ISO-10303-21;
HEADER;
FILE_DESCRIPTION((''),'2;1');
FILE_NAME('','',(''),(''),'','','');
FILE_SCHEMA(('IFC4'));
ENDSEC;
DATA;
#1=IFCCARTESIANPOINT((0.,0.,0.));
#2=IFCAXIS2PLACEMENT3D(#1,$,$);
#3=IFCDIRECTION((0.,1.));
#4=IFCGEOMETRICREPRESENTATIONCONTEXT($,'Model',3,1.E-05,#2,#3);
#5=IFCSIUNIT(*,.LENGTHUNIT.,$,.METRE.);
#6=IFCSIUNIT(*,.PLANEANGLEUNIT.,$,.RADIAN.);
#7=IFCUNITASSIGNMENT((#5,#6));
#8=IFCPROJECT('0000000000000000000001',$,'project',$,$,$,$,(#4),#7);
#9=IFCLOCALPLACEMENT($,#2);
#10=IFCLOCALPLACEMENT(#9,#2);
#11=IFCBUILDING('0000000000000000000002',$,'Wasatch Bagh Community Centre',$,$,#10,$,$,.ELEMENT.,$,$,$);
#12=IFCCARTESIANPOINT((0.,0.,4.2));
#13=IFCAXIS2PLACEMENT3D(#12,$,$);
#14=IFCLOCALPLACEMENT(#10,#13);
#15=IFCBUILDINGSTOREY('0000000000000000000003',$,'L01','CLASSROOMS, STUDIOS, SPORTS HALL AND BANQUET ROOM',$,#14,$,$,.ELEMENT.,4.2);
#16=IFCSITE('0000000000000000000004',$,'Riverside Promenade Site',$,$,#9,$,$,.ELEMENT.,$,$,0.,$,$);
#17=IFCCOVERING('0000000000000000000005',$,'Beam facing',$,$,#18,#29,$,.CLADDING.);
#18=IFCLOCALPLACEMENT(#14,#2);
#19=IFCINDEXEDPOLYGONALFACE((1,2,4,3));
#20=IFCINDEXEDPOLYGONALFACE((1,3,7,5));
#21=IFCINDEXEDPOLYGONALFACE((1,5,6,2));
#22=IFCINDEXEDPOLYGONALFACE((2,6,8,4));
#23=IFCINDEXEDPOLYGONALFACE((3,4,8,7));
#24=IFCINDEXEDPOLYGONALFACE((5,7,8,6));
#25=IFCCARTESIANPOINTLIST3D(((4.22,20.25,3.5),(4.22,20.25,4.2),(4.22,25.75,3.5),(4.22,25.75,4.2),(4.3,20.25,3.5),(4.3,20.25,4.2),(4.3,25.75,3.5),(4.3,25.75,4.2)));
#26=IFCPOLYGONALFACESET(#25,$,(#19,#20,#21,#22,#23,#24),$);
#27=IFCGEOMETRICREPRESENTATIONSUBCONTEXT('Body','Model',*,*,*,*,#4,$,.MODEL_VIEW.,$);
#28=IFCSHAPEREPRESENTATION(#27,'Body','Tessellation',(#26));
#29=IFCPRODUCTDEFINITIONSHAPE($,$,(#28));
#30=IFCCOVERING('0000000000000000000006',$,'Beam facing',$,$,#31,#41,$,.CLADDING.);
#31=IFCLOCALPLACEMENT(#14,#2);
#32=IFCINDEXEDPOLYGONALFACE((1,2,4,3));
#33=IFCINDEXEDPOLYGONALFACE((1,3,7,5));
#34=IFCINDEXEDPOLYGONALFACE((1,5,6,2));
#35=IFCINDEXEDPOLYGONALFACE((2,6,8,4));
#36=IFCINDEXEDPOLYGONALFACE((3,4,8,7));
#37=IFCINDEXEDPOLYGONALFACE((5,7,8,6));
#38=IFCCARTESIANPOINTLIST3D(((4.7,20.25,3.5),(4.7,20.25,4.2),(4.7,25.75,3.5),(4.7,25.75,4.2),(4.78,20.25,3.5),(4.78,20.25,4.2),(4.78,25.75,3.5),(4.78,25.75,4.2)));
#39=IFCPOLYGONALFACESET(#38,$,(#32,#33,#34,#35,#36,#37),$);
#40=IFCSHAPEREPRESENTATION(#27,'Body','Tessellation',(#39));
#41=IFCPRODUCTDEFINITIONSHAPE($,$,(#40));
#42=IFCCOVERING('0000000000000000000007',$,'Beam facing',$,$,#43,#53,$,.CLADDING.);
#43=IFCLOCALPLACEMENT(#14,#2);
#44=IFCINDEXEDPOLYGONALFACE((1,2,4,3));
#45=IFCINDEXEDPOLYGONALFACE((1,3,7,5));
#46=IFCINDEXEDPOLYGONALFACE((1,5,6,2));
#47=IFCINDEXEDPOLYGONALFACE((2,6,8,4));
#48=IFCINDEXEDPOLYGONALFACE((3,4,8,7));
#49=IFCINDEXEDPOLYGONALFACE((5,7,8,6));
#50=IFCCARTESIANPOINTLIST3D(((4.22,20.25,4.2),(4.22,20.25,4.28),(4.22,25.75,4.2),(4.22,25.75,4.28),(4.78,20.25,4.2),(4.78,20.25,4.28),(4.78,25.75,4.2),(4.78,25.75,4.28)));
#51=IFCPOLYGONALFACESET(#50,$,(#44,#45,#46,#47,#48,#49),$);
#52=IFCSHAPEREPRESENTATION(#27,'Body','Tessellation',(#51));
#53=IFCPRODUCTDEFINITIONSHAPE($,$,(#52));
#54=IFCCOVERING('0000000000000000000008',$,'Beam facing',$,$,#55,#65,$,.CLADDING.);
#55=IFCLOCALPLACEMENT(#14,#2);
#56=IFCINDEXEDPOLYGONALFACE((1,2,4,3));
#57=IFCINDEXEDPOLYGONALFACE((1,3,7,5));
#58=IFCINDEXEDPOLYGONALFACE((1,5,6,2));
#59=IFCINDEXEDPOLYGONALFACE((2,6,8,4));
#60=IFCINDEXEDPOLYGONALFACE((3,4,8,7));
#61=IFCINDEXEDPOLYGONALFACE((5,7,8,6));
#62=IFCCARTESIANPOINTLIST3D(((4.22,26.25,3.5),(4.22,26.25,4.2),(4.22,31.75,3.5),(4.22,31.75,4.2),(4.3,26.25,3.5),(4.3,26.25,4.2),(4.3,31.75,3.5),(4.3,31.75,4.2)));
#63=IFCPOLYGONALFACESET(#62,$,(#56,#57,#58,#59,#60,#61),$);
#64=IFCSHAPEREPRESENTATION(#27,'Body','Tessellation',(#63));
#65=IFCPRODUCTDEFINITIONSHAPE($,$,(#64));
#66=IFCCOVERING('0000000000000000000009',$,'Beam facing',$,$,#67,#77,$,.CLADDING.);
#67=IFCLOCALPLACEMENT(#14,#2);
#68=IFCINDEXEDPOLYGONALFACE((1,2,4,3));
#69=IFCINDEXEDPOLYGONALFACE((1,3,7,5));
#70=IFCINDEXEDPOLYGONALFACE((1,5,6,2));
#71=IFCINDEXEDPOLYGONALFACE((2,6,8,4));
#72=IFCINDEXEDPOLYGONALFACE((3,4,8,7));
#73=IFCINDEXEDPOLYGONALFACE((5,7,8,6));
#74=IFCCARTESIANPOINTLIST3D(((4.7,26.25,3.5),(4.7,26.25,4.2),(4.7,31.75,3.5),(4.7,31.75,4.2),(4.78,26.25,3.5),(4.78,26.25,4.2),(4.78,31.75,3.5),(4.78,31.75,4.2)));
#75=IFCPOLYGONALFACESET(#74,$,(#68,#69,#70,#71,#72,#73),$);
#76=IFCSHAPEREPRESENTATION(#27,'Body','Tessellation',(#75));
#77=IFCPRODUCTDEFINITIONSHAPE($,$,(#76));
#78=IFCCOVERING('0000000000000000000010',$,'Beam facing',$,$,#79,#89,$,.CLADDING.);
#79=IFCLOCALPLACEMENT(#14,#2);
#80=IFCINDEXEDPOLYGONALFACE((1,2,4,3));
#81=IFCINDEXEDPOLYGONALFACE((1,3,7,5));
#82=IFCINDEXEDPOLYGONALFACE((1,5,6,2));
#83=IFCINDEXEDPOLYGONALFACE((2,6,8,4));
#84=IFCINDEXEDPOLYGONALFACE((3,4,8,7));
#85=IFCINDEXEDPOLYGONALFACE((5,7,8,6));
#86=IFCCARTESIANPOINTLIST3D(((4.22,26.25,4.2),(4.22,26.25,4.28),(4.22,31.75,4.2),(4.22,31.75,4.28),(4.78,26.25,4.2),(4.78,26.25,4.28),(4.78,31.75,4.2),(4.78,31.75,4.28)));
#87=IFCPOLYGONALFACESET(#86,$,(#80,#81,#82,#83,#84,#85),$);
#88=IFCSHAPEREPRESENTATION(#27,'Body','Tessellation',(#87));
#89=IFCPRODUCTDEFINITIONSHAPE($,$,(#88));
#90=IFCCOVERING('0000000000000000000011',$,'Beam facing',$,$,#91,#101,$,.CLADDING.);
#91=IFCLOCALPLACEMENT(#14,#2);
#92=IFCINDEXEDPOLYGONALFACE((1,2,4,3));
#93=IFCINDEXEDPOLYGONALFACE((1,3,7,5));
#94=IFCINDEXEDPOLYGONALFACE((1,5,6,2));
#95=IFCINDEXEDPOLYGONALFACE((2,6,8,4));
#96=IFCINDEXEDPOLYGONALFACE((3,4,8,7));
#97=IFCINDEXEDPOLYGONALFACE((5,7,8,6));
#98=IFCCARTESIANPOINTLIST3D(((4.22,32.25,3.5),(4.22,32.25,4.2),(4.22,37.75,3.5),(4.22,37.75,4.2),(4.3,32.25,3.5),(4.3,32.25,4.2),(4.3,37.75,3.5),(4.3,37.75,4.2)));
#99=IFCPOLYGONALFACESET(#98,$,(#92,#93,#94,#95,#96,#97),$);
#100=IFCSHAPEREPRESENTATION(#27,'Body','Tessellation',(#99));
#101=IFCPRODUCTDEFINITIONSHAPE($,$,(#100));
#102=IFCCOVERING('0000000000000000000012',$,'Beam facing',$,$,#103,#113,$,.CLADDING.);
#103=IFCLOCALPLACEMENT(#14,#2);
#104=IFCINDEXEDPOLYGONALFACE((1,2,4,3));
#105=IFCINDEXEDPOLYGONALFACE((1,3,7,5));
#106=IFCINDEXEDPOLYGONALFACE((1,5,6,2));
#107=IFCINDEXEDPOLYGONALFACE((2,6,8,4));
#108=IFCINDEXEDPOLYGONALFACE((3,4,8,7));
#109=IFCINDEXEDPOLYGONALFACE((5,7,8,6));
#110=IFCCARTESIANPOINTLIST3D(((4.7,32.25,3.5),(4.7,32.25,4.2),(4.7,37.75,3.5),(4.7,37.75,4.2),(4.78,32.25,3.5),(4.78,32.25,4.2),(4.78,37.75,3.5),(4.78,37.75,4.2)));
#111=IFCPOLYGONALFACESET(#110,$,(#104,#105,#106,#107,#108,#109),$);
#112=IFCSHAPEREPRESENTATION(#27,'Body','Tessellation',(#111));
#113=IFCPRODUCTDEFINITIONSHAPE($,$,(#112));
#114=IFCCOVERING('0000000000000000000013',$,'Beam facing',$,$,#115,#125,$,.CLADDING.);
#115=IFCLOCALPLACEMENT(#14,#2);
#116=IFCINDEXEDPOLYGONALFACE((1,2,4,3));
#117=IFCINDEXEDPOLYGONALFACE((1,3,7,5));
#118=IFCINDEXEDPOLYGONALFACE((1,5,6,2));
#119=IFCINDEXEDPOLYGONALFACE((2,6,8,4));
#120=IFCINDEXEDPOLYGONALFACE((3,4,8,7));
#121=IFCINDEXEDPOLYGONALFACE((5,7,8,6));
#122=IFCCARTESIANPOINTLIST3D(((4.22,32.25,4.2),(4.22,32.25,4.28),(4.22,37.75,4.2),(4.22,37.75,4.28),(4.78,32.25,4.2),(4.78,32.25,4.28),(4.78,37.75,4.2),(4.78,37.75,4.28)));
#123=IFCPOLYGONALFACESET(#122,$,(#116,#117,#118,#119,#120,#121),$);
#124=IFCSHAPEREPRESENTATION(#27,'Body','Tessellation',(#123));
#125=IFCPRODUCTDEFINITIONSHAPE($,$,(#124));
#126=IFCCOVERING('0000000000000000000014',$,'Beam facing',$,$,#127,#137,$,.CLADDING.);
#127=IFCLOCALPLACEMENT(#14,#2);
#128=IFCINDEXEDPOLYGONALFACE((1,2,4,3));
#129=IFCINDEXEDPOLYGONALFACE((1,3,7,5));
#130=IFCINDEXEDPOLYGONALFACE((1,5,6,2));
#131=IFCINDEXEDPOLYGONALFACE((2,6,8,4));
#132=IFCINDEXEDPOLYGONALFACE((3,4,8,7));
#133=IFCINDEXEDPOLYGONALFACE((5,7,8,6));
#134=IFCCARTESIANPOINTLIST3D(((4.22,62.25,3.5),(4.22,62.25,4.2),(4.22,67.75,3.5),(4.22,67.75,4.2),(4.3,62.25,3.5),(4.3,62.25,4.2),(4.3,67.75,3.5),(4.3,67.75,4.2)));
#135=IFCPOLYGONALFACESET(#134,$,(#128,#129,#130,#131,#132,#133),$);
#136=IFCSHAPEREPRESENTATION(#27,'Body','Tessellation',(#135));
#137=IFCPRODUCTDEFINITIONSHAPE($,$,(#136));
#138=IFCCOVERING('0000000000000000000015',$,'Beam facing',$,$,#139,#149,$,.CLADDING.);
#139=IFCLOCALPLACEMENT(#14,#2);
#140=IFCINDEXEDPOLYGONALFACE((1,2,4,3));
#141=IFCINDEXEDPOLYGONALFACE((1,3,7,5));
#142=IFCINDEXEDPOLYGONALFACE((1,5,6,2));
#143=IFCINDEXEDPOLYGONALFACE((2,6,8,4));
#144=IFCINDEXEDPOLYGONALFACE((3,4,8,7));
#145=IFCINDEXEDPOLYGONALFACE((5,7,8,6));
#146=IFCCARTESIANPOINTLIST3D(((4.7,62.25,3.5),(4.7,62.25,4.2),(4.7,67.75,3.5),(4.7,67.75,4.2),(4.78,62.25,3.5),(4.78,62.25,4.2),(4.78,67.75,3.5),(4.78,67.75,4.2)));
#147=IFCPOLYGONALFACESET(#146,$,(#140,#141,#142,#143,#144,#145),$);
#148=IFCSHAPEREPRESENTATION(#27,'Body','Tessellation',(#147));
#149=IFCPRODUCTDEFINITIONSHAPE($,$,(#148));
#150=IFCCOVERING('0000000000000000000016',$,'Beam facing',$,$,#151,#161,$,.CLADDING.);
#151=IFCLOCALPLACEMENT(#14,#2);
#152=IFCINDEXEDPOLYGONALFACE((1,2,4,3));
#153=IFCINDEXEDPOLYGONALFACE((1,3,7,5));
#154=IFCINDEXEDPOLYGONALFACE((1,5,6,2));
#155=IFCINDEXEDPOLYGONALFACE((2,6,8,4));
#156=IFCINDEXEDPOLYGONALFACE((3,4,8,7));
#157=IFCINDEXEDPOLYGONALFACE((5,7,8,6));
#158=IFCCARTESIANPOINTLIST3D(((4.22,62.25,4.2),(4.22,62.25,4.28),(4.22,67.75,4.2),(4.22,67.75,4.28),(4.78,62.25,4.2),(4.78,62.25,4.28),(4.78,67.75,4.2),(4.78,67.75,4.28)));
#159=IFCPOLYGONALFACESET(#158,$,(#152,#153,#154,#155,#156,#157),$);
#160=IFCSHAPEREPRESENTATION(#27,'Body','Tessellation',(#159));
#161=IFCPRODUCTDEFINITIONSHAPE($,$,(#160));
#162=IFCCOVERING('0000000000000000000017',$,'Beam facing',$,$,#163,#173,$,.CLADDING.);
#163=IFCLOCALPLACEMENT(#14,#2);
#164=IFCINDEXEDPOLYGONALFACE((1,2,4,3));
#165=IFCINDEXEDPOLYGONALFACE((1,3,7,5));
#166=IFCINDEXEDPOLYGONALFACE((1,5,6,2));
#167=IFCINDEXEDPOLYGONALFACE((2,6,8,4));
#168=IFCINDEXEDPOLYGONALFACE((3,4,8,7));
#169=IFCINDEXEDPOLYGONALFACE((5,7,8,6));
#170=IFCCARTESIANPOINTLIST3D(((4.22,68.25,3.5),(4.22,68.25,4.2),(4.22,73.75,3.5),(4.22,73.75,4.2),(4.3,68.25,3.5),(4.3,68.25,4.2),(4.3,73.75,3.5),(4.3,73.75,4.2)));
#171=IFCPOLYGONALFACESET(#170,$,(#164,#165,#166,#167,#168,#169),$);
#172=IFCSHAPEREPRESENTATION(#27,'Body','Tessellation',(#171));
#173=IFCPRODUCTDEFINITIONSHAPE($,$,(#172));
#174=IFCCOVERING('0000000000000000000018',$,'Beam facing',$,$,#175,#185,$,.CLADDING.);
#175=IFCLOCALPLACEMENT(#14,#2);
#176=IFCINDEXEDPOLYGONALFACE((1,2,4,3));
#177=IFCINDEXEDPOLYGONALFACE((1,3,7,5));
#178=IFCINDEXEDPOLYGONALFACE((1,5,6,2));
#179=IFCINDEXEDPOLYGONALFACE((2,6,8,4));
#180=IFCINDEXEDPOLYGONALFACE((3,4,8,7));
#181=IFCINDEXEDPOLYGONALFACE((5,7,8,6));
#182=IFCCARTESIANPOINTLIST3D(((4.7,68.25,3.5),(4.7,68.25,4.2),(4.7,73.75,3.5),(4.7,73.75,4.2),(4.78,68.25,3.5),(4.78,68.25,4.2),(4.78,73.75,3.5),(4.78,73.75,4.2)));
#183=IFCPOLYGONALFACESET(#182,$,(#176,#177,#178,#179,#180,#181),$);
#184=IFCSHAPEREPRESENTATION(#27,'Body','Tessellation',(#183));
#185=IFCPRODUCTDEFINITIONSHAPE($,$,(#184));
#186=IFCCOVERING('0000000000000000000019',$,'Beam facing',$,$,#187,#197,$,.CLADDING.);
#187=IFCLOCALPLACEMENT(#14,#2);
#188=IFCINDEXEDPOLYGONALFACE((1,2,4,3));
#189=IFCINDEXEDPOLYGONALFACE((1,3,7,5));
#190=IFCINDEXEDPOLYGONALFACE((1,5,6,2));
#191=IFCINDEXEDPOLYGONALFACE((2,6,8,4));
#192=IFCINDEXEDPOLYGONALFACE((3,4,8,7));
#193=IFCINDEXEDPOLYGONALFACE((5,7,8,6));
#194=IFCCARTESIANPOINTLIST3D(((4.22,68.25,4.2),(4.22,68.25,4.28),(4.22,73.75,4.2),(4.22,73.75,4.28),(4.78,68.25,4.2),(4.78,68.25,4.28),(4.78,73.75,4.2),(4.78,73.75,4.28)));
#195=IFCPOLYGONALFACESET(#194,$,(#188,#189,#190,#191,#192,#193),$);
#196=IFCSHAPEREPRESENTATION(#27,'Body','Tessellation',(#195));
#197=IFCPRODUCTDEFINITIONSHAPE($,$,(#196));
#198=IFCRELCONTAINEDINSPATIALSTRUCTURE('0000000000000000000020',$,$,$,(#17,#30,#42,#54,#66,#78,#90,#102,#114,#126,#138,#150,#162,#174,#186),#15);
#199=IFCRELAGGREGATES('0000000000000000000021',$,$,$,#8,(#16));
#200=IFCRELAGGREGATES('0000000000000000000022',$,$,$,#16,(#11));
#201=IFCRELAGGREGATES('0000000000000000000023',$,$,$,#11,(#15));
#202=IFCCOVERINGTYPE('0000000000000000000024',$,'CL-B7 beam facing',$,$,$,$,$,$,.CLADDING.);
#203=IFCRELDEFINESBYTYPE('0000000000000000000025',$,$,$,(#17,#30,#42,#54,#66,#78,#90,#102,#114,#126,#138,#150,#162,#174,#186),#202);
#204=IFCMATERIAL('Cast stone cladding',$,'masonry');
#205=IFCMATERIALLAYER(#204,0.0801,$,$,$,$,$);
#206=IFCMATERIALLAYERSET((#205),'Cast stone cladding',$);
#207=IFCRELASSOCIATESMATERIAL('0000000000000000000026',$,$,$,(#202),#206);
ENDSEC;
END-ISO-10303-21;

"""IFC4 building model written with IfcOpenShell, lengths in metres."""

from ifc_helpers import new_model, si_unit, direction, frame, origin, place, context, subcontext, project, spatial, polyline, outline, extrude, material, layer, layer_set, type_object, element, save


model = new_model("IFC4")

# Units and contexts
model_context = context("Model", 3, precision=1e-05, world=origin(), true_north=direction((0.0, 1.0)))
body_context = subcontext(model_context, "Body", "Model", "MODEL_VIEW")
ifc_project = project(units=[si_unit("LENGTHUNIT", "METRE"), si_unit("PLANEANGLEUNIT", "RADIAN")], contexts=[model_context])

# Site, building, storey
site_placement = place(None, origin())
site = spatial("IfcSite", under=ifc_project, at=site_placement, Name="Riverside Promenade Site", CompositionType="ELEMENT", RefElevation=0.0)
building_placement = place(site_placement, origin())
building = spatial("IfcBuilding", under=site, at=building_placement, Name="Wasatch Bagh Community Centre", CompositionType="ELEMENT")
storey_placement = place(building_placement, frame((0.0, 0.0, 4.2)))
storey = spatial("IfcBuildingStorey", under=building, at=storey_placement, Name="L01", Description="CLASSROOMS, STUDIOS, SPORTS HALL AND BANQUET ROOM", CompositionType="ELEMENT", Elevation=4.2)

# Coverings
ifc_material = material(Name="Cast stone cladding", Category="masonry")
ifc_layer_1 = layer(ifc_material, 0.0801)
ifc_layer_set_1 = layer_set([ifc_layer_1], Name="Cast stone cladding")
covering_type_1 = type_object("IfcCoveringType", Name="CL-B7 beam facing", PredefinedType="CLADDING", material=ifc_layer_set_1)
covering_1_placement = place(storey_placement, frame((0.0, 0.0, 3.5)))
element("IfcCovering", 1, at=covering_1_placement, inside=storey, type_object=covering_type_1, Name="Beam facing", PredefinedType="CLADDING", context=body_context, shape_type="SweptSolid", body=[
    extrude(outline(polyline([(4.3, 20.25), (4.3, 25.75), (4.22, 25.75), (4.22, 20.25), (4.3, 20.25)])), origin(), (0.0, 0.0, 1.0), 0.7),
])
covering_2_placement = place(storey_placement, frame((0.0, 0.0, 3.5)))
element("IfcCovering", 2, at=covering_2_placement, inside=storey, type_object=covering_type_1, Name="Beam facing", PredefinedType="CLADDING", context=body_context, shape_type="SweptSolid", body=[
    extrude(outline(polyline([(4.7, 20.25), (4.7, 25.75), (4.78, 25.75), (4.78, 20.25), (4.7, 20.25)])), origin(), (0.0, 0.0, 1.0), 0.7),
])
covering_3_placement = place(storey_placement, frame((0.0, 0.0, 4.2)))
element("IfcCovering", 3, at=covering_3_placement, inside=storey, type_object=covering_type_1, Name="Beam facing", PredefinedType="CLADDING", context=body_context, shape_type="SweptSolid", body=[
    extrude(outline(polyline([(4.78, 20.25), (4.78, 25.75), (4.22, 25.75), (4.22, 20.25), (4.78, 20.25)])), origin(), (0.0, 0.0, 1.0), 0.0801),
])
covering_4_placement = place(storey_placement, frame((0.0, 0.0, 3.5)))
element("IfcCovering", 4, at=covering_4_placement, inside=storey, type_object=covering_type_1, Name="Beam facing", PredefinedType="CLADDING", context=body_context, shape_type="SweptSolid", body=[
    extrude(outline(polyline([(4.3, 26.25), (4.3, 31.75), (4.22, 31.75), (4.22, 26.25), (4.3, 26.25)])), origin(), (0.0, 0.0, 1.0), 0.7),
])
covering_5_placement = place(storey_placement, frame((0.0, 0.0, 3.5)))
element("IfcCovering", 5, at=covering_5_placement, inside=storey, type_object=covering_type_1, Name="Beam facing", PredefinedType="CLADDING", context=body_context, shape_type="SweptSolid", body=[
    extrude(outline(polyline([(4.7, 26.25), (4.7, 31.75), (4.78, 31.75), (4.78, 26.25), (4.7, 26.25)])), origin(), (0.0, 0.0, 1.0), 0.7),
])
covering_6_placement = place(storey_placement, frame((0.0, 0.0, 4.2)))
element("IfcCovering", 6, at=covering_6_placement, inside=storey, type_object=covering_type_1, Name="Beam facing", PredefinedType="CLADDING", context=body_context, shape_type="SweptSolid", body=[
    extrude(outline(polyline([(4.78, 26.25), (4.78, 31.75), (4.22, 31.75), (4.22, 26.25), (4.78, 26.25)])), origin(), (0.0, 0.0, 1.0), 0.0801),
])
covering_7_placement = place(storey_placement, frame((0.0, 0.0, 3.5)))
element("IfcCovering", 7, at=covering_7_placement, inside=storey, type_object=covering_type_1, Name="Beam facing", PredefinedType="CLADDING", context=body_context, shape_type="SweptSolid", body=[
    extrude(outline(polyline([(4.3, 32.25), (4.3, 37.75), (4.22, 37.75), (4.22, 32.25), (4.3, 32.25)])), origin(), (0.0, 0.0, 1.0), 0.7),
])
covering_8_placement = place(storey_placement, frame((0.0, 0.0, 3.5)))
element("IfcCovering", 8, at=covering_8_placement, inside=storey, type_object=covering_type_1, Name="Beam facing", PredefinedType="CLADDING", context=body_context, shape_type="SweptSolid", body=[
    extrude(outline(polyline([(4.7, 32.25), (4.7, 37.75), (4.78, 37.75), (4.78, 32.25), (4.7, 32.25)])), origin(), (0.0, 0.0, 1.0), 0.7),
])
covering_9_placement = place(storey_placement, frame((0.0, 0.0, 4.2)))
element("IfcCovering", 9, at=covering_9_placement, inside=storey, type_object=covering_type_1, Name="Beam facing", PredefinedType="CLADDING", context=body_context, shape_type="SweptSolid", body=[
    extrude(outline(polyline([(4.78, 32.25), (4.78, 37.75), (4.22, 37.75), (4.22, 32.25), (4.78, 32.25)])), origin(), (0.0, 0.0, 1.0), 0.0801),
])
covering_10_placement = place(storey_placement, frame((0.0, 0.0, 3.5)))
element("IfcCovering", 10, at=covering_10_placement, inside=storey, type_object=covering_type_1, Name="Beam facing", PredefinedType="CLADDING", context=body_context, shape_type="SweptSolid", body=[
    extrude(outline(polyline([(4.3, 62.25), (4.3, 67.75), (4.22, 67.75), (4.22, 62.25), (4.3, 62.25)])), origin(), (0.0, 0.0, 1.0), 0.7),
])
covering_11_placement = place(storey_placement, frame((0.0, 0.0, 3.5)))
element("IfcCovering", 11, at=covering_11_placement, inside=storey, type_object=covering_type_1, Name="Beam facing", PredefinedType="CLADDING", context=body_context, shape_type="SweptSolid", body=[
    extrude(outline(polyline([(4.7, 62.25), (4.7, 67.75), (4.78, 67.75), (4.78, 62.25), (4.7, 62.25)])), origin(), (0.0, 0.0, 1.0), 0.7),
])
covering_12_placement = place(storey_placement, frame((0.0, 0.0, 4.2)))
element("IfcCovering", 12, at=covering_12_placement, inside=storey, type_object=covering_type_1, Name="Beam facing", PredefinedType="CLADDING", context=body_context, shape_type="SweptSolid", body=[
    extrude(outline(polyline([(4.78, 62.25), (4.78, 67.75), (4.22, 67.75), (4.22, 62.25), (4.78, 62.25)])), origin(), (0.0, 0.0, 1.0), 0.0801),
])
covering_13_placement = place(storey_placement, frame((0.0, 0.0, 3.5)))
element("IfcCovering", 13, at=covering_13_placement, inside=storey, type_object=covering_type_1, Name="Beam facing", PredefinedType="CLADDING", context=body_context, shape_type="SweptSolid", body=[
    extrude(outline(polyline([(4.3, 68.25), (4.3, 73.75), (4.22, 73.75), (4.22, 68.25), (4.3, 68.25)])), origin(), (0.0, 0.0, 1.0), 0.7),
])
covering_14_placement = place(storey_placement, frame((0.0, 0.0, 3.5)))
element("IfcCovering", 14, at=covering_14_placement, inside=storey, type_object=covering_type_1, Name="Beam facing", PredefinedType="CLADDING", context=body_context, shape_type="SweptSolid", body=[
    extrude(outline(polyline([(4.7, 68.25), (4.7, 73.75), (4.78, 73.75), (4.78, 68.25), (4.7, 68.25)])), origin(), (0.0, 0.0, 1.0), 0.7),
])
covering_15_placement = place(storey_placement, frame((0.0, 0.0, 4.2)))
element("IfcCovering", 15, at=covering_15_placement, inside=storey, type_object=covering_type_1, Name="Beam facing", PredefinedType="CLADDING", context=body_context, shape_type="SweptSolid", body=[
    extrude(outline(polyline([(4.78, 68.25), (4.78, 73.75), (4.22, 73.75), (4.22, 68.25), (4.78, 68.25)])), origin(), (0.0, 0.0, 1.0), 0.0801),
])

save(model, "model.ifc")
